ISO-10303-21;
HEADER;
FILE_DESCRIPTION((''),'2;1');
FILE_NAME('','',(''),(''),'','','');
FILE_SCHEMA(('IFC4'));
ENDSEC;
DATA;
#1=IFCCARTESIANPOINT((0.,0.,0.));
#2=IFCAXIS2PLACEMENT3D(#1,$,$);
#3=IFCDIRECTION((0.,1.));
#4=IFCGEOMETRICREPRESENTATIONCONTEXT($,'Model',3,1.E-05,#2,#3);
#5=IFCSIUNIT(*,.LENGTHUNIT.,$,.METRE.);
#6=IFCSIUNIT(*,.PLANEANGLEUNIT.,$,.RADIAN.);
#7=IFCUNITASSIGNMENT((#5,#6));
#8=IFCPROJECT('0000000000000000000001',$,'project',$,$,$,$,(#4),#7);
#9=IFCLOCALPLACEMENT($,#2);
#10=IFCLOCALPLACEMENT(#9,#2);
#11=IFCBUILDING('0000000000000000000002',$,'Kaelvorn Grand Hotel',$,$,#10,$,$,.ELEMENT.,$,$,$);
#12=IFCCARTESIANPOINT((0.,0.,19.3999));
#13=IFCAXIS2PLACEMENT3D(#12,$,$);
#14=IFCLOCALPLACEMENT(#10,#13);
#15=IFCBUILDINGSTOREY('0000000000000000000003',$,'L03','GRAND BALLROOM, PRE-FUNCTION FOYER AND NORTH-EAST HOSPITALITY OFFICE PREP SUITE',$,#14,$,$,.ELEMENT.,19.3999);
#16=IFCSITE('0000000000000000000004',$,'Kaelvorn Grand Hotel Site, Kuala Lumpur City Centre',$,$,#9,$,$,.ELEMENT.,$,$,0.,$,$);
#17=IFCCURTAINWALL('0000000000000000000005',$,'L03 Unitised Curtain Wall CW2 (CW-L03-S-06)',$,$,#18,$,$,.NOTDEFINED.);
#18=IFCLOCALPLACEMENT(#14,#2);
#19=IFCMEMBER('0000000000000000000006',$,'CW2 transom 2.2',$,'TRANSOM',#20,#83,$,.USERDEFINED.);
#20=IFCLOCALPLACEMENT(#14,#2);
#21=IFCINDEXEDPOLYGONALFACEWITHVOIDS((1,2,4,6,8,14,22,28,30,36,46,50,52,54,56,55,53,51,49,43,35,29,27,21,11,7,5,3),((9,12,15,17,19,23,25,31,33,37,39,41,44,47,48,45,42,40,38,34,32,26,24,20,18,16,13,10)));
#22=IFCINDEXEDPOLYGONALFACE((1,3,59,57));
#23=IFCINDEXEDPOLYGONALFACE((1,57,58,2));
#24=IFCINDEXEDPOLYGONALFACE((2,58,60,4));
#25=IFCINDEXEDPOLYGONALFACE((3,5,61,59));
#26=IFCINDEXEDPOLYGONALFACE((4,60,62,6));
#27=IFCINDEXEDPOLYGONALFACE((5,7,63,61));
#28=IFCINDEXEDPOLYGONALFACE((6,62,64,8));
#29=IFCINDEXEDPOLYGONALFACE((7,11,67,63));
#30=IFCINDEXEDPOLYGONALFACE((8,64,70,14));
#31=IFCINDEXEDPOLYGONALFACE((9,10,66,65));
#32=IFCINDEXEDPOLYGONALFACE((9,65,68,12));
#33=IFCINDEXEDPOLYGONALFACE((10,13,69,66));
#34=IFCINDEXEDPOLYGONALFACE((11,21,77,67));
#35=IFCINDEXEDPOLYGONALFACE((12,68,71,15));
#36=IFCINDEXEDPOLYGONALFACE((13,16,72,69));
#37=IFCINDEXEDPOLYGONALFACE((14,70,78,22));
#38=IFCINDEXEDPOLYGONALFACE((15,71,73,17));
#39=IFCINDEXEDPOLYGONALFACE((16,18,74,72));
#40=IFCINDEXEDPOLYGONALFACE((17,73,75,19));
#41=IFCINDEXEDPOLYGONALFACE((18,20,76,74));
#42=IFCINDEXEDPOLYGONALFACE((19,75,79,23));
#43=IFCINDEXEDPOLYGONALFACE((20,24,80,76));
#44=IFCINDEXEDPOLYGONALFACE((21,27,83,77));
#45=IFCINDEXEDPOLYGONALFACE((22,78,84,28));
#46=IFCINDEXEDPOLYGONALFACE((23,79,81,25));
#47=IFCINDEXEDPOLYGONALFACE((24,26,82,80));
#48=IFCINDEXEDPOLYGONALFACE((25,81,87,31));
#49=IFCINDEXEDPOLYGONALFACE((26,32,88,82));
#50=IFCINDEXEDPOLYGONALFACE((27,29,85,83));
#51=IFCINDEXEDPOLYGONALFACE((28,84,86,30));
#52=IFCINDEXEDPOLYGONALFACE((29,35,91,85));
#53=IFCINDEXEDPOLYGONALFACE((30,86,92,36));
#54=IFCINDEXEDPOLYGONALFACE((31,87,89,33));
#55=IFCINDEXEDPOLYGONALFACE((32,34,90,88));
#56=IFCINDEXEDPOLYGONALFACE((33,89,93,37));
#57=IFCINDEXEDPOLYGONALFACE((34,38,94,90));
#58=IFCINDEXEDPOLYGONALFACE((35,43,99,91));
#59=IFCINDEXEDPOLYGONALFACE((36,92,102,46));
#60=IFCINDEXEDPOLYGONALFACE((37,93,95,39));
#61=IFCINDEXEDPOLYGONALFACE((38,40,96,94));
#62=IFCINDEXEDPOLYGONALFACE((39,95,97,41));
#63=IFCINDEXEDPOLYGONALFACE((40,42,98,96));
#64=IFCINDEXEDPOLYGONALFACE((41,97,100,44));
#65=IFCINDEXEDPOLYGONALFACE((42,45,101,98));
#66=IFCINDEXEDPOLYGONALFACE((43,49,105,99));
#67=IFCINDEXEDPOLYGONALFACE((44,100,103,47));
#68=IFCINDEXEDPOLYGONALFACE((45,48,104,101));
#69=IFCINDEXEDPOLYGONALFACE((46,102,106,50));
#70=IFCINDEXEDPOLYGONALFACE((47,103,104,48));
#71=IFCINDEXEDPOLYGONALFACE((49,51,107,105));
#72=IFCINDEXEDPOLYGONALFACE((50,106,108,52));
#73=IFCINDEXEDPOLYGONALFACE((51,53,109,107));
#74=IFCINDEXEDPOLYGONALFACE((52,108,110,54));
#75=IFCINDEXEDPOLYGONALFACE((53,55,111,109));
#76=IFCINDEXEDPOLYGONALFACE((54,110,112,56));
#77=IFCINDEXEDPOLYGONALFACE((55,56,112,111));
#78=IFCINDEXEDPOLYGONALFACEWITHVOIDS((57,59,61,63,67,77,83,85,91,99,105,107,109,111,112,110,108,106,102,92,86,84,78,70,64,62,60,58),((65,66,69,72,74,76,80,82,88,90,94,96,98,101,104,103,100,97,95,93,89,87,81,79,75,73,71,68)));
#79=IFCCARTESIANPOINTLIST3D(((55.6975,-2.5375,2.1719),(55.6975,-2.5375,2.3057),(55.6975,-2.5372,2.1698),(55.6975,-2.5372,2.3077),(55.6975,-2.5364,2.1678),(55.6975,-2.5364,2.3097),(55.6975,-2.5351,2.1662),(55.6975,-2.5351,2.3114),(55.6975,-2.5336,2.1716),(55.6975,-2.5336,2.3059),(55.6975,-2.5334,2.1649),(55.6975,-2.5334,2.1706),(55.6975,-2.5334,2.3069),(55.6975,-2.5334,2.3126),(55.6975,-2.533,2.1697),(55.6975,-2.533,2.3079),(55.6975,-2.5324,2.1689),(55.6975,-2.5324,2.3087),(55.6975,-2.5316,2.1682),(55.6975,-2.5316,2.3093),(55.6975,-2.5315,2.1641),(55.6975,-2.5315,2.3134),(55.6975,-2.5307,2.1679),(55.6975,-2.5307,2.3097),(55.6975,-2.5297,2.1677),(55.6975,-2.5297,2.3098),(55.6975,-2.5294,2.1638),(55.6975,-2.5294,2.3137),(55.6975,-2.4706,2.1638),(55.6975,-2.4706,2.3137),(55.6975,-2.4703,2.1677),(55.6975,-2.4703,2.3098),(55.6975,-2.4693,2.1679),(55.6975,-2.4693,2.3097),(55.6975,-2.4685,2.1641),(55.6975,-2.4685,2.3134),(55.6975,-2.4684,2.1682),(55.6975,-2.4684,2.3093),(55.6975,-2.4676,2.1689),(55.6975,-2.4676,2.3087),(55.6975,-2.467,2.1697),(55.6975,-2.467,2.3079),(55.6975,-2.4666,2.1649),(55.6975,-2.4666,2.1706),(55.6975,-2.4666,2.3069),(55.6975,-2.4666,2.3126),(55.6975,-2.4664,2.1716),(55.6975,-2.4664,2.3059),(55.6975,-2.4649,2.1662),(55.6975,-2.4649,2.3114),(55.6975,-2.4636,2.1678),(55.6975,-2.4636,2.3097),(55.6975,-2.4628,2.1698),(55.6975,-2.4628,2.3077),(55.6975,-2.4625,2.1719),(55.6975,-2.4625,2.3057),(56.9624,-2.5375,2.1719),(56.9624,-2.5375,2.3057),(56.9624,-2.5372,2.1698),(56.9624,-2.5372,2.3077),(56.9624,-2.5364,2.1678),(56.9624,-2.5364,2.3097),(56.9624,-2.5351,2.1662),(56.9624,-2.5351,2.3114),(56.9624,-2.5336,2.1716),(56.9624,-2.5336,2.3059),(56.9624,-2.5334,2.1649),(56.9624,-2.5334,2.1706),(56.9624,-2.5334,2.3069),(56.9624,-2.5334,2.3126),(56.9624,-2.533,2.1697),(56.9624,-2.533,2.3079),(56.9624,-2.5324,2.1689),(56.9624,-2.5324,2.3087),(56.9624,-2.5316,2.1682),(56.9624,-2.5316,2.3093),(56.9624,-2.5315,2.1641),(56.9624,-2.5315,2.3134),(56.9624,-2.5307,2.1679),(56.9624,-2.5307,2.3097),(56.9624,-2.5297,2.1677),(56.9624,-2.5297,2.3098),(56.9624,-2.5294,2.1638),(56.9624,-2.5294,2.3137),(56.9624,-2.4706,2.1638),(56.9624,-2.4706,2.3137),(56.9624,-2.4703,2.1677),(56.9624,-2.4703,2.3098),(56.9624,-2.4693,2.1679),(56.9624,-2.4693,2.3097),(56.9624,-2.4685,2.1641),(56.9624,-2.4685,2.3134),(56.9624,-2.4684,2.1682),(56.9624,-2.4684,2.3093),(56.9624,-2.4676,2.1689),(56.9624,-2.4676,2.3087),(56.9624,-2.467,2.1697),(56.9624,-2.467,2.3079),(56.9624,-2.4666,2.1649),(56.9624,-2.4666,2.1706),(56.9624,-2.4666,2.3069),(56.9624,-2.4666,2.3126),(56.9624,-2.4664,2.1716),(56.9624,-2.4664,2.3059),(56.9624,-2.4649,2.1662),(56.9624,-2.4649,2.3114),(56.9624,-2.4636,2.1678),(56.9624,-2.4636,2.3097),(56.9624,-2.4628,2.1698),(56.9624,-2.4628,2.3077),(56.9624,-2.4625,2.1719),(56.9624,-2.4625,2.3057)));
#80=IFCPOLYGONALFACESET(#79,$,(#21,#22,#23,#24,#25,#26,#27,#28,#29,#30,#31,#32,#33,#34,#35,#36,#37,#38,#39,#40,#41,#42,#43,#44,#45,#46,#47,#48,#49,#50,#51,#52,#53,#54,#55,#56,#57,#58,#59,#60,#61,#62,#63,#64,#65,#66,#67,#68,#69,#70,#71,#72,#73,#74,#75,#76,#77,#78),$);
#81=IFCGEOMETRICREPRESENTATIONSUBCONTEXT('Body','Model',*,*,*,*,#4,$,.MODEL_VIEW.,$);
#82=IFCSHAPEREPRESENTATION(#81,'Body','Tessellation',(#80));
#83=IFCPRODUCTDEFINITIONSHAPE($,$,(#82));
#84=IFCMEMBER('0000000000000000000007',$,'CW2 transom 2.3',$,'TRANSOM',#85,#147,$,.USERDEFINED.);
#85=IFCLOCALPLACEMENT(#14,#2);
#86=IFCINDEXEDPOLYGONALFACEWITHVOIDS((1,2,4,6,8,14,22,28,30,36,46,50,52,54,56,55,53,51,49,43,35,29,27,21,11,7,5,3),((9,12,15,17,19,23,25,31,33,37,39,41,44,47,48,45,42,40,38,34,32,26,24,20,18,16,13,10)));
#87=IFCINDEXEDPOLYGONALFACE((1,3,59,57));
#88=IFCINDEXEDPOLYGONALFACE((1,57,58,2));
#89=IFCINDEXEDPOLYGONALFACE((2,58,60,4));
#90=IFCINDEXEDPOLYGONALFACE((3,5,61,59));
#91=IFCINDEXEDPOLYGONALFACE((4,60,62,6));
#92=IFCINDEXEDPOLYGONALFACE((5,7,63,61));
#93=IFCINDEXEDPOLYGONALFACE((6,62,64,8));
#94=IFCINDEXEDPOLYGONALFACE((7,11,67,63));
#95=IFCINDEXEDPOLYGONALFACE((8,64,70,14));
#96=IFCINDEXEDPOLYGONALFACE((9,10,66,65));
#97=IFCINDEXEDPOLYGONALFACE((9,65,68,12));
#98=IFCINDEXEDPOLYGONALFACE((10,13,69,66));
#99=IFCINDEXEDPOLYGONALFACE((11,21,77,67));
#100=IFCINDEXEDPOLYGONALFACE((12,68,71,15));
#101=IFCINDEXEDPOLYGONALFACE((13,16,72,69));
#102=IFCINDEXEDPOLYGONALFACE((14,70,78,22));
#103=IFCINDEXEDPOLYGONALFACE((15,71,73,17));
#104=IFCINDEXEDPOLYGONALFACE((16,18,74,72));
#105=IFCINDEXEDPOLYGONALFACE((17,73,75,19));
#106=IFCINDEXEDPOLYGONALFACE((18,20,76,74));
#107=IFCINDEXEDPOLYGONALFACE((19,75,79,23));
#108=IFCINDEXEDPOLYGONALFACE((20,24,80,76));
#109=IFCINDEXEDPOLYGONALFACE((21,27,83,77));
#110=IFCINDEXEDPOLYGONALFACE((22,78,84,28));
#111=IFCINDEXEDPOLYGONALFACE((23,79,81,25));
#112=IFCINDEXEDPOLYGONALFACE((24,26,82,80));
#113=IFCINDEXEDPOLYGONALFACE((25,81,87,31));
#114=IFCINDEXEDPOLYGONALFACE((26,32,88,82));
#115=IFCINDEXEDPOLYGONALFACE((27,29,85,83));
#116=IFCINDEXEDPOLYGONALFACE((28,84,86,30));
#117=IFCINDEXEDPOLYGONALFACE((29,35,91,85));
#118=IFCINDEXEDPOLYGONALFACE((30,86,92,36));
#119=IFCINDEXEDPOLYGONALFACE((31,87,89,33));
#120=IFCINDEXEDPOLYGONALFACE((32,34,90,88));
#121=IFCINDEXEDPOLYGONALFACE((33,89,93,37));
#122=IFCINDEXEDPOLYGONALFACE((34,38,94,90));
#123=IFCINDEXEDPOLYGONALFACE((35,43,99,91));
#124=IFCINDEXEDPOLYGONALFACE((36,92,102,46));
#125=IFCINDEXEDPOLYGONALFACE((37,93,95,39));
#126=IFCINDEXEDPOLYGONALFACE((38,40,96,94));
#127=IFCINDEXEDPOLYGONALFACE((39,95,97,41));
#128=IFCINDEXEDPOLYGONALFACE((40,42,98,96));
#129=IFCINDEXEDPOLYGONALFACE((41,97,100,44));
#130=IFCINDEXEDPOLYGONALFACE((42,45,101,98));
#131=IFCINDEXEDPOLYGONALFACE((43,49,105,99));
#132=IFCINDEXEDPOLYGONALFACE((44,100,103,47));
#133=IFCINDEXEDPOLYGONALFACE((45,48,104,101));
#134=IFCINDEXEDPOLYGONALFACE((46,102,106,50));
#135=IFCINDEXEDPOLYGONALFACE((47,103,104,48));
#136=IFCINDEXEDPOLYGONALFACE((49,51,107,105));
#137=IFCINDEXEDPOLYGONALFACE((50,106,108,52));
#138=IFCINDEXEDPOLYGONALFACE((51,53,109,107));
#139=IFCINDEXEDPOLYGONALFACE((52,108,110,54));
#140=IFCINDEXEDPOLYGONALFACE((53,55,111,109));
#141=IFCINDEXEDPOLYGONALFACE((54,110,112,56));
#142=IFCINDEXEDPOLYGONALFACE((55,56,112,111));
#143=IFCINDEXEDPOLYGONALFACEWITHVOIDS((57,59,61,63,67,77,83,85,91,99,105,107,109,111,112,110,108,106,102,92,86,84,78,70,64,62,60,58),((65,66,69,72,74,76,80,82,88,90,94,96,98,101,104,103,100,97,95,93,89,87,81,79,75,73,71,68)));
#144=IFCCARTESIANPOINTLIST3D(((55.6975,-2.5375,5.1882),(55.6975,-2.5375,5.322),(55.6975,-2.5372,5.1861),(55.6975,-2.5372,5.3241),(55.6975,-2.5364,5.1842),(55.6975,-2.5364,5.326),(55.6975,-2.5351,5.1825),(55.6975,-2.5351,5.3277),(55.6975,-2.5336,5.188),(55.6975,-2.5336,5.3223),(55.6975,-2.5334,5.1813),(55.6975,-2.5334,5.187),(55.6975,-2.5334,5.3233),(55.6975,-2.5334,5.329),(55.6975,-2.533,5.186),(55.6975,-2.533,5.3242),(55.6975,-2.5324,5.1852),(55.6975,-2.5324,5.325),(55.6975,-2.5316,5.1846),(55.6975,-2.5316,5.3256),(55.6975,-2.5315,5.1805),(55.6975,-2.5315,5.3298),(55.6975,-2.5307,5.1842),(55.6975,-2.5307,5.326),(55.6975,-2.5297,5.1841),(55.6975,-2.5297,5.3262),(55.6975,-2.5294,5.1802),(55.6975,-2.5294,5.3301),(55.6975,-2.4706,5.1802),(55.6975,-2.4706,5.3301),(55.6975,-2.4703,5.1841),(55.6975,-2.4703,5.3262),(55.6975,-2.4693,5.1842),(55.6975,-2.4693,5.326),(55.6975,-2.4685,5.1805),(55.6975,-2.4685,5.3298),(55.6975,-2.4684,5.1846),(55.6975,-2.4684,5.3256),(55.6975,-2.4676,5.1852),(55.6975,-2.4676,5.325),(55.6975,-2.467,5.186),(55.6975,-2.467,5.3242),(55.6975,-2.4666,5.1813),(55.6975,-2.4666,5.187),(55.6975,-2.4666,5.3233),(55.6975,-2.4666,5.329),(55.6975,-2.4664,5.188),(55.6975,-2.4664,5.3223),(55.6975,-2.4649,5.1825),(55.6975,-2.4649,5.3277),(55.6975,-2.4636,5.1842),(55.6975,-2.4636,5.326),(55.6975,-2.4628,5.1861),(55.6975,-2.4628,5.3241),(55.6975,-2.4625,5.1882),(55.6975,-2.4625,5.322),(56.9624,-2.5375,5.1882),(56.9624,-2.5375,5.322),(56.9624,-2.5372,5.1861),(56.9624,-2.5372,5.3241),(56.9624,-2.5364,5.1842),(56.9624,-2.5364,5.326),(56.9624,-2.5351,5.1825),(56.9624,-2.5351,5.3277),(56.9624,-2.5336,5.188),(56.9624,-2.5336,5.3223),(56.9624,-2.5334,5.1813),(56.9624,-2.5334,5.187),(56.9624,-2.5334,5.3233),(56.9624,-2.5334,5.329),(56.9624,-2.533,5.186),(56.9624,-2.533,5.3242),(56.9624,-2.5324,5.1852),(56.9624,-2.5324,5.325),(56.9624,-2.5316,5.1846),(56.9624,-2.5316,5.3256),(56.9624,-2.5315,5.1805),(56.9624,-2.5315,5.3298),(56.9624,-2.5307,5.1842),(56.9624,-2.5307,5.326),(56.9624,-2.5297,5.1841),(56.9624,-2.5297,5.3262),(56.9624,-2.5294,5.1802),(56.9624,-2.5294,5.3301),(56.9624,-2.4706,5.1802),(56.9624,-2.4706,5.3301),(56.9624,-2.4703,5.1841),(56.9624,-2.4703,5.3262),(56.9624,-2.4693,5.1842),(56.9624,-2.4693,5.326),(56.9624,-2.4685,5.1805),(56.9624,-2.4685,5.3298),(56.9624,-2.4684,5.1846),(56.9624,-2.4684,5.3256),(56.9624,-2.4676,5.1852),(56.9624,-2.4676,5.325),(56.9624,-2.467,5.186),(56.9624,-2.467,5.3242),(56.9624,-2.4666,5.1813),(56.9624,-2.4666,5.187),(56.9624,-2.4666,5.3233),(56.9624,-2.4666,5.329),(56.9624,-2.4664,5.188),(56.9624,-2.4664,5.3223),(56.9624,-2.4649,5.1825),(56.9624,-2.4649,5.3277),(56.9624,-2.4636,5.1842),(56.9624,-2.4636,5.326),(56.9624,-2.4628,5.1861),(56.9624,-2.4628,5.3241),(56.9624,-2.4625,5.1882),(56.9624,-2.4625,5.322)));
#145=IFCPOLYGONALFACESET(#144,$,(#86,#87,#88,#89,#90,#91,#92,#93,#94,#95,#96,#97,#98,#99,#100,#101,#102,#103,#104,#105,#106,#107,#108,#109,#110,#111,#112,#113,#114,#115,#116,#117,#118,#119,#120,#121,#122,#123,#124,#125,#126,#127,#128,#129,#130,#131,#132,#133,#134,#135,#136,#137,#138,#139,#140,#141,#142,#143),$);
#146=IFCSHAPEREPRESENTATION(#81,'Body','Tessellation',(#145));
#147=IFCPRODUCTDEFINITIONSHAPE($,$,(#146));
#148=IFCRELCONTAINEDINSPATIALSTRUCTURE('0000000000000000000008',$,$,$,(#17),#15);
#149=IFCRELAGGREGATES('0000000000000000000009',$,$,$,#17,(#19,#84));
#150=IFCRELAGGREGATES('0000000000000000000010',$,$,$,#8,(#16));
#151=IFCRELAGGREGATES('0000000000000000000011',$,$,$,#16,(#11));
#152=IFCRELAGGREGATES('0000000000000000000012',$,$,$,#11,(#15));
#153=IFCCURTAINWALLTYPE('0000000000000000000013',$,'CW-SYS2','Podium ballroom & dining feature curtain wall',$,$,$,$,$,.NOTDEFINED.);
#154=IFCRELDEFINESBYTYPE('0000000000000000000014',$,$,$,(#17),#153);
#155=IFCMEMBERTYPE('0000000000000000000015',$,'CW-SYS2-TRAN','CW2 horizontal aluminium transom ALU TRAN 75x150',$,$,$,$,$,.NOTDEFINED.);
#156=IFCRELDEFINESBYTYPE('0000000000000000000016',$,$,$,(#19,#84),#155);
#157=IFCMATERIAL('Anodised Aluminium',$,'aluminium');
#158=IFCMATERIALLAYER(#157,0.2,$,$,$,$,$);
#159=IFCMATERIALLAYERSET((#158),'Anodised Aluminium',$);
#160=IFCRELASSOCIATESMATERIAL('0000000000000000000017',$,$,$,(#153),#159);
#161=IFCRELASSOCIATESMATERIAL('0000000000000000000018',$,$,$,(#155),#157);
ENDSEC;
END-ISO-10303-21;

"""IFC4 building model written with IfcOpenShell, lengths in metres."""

from ifc_helpers import new_model, si_unit, direction, frame, origin, origin_2d, place, context, subcontext, project, spatial, hollow_rectangle, extrude, material, layer, layer_set, material_profile, profile_set, type_object, element, aggregate, save


model = new_model("IFC4")

# Units and contexts
model_context = context("Model", 3, precision=1e-05, world=origin(), true_north=direction((0.0, 1.0)))
body_context = subcontext(model_context, "Body", "Model", "MODEL_VIEW")
ifc_project = project(units=[si_unit("LENGTHUNIT", "METRE"), si_unit("PLANEANGLEUNIT", "RADIAN")], contexts=[model_context])

# Site, building, storey
site_placement = place(None, origin())
site = spatial("IfcSite", under=ifc_project, at=site_placement, Name="Kaelvorn Grand Hotel Site, Kuala Lumpur City Centre", CompositionType="ELEMENT", RefElevation=0.0)
building_placement = place(site_placement, origin())
building = spatial("IfcBuilding", under=site, at=building_placement, Name="Kaelvorn Grand Hotel", CompositionType="ELEMENT")
storey_placement = place(building_placement, frame((0.0, 0.0, 19.3999)))
storey = spatial("IfcBuildingStorey", under=building, at=storey_placement, Name="L03", Description="GRAND BALLROOM, PRE-FUNCTION FOYER AND NORTH-EAST HOSPITALITY OFFICE PREP SUITE", CompositionType="ELEMENT", Elevation=19.3999)

# Shared definitions
ifc_material_1 = material(Name="Anodised Aluminium", Category="aluminium")
ifc_layer_1 = layer(ifc_material_1, 0.2)
ifc_layer_set_1 = layer_set([ifc_layer_1], Name="Anodised Aluminium")
curtain_wall_type = type_object("IfcCurtainWallType", Name="CW-SYS2", Description="Podium ballroom & dining feature curtain wall", PredefinedType="NOTDEFINED", material=ifc_layer_set_1)

# Curtain wall, members
curtain_wall_1_placement = place(storey_placement, origin())
curtain_wall_1 = element("IfcCurtainWall", 1, at=curtain_wall_1_placement, inside=storey, type_object=curtain_wall_type, Name="L03 Unitised Curtain Wall CW2 (CW-L03-S-06)", PredefinedType="NOTDEFINED")
ifc_material_profile_1 = material_profile(ifc_material_1, hollow_rectangle(XDim=0.075, YDim=0.1499, WallThickness=0.0039, InnerFilletRadius=0.0039, OuterFilletRadius=0.0081, at=origin_2d()), Name="ALU TRAN 75x150")
ifc_profile_set_1 = profile_set([ifc_material_profile_1], Name="Anodised Aluminium")
member_type_1 = type_object("IfcMemberType", Name="CW-SYS2-TRAN", Description="CW2 horizontal aluminium transom ALU TRAN 75x150", PredefinedType="NOTDEFINED", material=ifc_profile_set_1)
member_1_placement = place(storey_placement, frame((55.6975, -2.5, 2.2388), z_axis=(1.0, 0.0, 0.0), x_axis=(0.0, 1.0, 0.0)))
member_1 = element("IfcMember", 2, at=member_1_placement, type_object=member_type_1, Name="CW2 transom 2.2", ObjectType="TRANSOM", PredefinedType="USERDEFINED", context=body_context, shape_type="SweptSolid", body=[
    extrude(hollow_rectangle(XDim=0.075, YDim=0.1499, WallThickness=0.0039, InnerFilletRadius=0.0039, OuterFilletRadius=0.0081, at=origin_2d()), origin(), (0.0, 0.0, 1.0), 1.2649),
])
member_2_placement = place(storey_placement, frame((55.6975, -2.5, 5.2551), z_axis=(1.0, 0.0, 0.0), x_axis=(0.0, 1.0, 0.0)))
member_2 = element("IfcMember", 3, at=member_2_placement, type_object=member_type_1, Name="CW2 transom 2.3", ObjectType="TRANSOM", PredefinedType="USERDEFINED", context=body_context, shape_type="SweptSolid", body=[
    extrude(hollow_rectangle(XDim=0.075, YDim=0.1499, WallThickness=0.0039, InnerFilletRadius=0.0039, OuterFilletRadius=0.0081, at=origin_2d()), origin(), (0.0, 0.0, 1.0), 1.2649),
])

aggregate(curtain_wall_1, [member_1, member_2])

save(model, "model.ifc")
